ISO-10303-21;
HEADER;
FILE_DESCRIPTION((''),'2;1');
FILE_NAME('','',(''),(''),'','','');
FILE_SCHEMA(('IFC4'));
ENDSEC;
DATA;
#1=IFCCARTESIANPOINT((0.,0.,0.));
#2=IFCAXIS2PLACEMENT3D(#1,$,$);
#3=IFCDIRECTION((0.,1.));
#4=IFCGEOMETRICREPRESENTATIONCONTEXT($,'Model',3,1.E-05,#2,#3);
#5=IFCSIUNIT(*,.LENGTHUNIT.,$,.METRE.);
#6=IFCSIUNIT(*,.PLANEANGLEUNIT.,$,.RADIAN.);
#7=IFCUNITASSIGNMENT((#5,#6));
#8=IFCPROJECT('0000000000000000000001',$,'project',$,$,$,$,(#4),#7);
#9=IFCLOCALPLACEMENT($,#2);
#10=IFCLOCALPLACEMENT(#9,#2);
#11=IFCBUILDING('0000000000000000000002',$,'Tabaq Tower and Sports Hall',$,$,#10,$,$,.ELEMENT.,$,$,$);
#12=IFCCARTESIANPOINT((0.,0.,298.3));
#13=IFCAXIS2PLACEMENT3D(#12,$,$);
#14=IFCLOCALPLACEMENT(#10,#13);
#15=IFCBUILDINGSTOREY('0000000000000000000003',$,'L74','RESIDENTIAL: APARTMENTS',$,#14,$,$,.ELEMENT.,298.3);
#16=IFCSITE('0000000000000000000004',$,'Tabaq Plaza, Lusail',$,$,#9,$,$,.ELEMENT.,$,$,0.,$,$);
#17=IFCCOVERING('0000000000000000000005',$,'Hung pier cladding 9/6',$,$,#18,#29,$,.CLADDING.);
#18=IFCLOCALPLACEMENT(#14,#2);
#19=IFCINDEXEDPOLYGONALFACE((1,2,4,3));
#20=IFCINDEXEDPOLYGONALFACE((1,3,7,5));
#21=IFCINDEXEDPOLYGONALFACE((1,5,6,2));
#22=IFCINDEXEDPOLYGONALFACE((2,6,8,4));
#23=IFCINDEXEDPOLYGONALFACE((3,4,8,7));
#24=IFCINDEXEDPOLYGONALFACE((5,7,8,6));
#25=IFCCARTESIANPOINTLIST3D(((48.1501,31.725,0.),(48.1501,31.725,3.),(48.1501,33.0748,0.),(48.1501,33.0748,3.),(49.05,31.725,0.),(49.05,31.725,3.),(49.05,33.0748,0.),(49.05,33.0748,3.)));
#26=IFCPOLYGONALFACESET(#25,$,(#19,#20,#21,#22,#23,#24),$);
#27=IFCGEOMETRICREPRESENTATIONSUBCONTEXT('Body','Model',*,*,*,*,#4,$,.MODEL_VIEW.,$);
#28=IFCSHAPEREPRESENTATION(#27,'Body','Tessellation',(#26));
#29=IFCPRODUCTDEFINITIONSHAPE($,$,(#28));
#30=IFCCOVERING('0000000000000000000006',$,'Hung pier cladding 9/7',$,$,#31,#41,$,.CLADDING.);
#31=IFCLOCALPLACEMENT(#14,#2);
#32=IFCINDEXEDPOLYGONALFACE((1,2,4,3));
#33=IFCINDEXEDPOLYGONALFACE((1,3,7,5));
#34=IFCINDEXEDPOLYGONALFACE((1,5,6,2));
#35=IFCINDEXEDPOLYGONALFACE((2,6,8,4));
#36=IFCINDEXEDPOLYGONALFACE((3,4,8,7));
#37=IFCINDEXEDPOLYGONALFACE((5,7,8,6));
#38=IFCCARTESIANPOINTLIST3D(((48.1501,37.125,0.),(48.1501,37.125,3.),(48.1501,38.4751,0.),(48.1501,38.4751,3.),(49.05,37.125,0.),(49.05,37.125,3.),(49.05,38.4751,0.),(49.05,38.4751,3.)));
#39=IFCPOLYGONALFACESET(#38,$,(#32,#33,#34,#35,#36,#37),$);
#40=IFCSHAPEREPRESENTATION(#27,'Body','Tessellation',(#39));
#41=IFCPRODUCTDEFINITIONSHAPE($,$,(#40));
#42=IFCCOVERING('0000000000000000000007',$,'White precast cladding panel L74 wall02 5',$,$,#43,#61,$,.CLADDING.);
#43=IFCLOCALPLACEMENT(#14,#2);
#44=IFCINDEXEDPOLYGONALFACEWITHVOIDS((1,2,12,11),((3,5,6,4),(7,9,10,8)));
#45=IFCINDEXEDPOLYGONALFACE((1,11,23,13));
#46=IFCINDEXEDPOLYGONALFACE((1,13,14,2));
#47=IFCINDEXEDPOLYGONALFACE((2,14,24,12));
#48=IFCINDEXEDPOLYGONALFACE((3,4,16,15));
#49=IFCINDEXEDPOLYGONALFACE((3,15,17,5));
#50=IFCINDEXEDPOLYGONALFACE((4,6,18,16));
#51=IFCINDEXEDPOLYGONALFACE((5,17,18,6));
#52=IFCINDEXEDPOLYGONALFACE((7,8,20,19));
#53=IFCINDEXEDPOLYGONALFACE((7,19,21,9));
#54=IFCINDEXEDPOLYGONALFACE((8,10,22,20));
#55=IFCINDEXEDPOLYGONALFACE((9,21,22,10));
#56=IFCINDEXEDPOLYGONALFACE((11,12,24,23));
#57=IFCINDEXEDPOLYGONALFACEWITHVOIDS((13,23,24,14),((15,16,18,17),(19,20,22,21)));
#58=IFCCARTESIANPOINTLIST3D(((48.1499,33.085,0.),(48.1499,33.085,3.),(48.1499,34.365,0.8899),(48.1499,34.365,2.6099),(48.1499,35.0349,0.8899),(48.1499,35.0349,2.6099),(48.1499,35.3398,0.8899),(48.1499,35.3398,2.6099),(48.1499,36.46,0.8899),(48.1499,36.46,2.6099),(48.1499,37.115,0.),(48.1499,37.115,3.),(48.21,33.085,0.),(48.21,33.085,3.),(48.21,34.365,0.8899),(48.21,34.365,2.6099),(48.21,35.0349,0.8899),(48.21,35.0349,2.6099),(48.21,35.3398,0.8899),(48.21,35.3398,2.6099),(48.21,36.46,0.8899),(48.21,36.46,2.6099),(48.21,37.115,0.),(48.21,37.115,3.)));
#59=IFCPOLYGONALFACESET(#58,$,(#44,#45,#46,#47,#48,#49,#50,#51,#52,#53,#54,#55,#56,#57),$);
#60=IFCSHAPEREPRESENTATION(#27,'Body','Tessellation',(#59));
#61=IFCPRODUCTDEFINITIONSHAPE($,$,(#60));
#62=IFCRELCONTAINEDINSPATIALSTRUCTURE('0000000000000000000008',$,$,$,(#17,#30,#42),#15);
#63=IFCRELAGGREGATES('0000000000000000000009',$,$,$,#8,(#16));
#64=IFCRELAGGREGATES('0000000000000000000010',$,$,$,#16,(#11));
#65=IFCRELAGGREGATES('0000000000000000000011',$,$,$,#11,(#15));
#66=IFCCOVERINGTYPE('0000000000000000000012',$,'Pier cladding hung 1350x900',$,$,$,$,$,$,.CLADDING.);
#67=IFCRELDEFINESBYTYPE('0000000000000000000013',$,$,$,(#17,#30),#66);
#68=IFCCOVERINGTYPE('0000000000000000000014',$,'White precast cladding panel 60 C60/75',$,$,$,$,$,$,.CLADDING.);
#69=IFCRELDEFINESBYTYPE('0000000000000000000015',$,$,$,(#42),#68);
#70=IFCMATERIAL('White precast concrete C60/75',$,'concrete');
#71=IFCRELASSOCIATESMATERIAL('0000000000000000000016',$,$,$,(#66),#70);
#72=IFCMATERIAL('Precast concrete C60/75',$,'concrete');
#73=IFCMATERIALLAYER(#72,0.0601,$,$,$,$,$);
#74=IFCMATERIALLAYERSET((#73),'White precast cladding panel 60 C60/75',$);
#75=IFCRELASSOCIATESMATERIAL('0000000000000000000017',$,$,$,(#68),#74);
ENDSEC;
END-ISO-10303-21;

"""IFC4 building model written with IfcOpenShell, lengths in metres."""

from ifc_helpers import new_model, si_unit, direction, frame, frame_2d, origin, place, context, subcontext, project, spatial, polyline, rectangle, outline, extrude, material, layer, layer_set, type_object, element, save


model = new_model("IFC4")

# Units and contexts
model_context = context("Model", 3, precision=1e-05, world=origin(), true_north=direction((0.0, 1.0)))
body_context = subcontext(model_context, "Body", "Model", "MODEL_VIEW")
ifc_project = project(units=[si_unit("LENGTHUNIT", "METRE"), si_unit("PLANEANGLEUNIT", "RADIAN")], contexts=[model_context])

# Site, building, storey
site_placement = place(None, origin())
site = spatial("IfcSite", under=ifc_project, at=site_placement, Name="Tabaq Plaza, Lusail", CompositionType="ELEMENT", RefElevation=0.0)
building_placement = place(site_placement, origin())
building = spatial("IfcBuilding", under=site, at=building_placement, Name="Tabaq Tower and Sports Hall", CompositionType="ELEMENT")
storey_placement = place(building_placement, frame((0.0, 0.0, 298.3)))
storey = spatial("IfcBuildingStorey", under=building, at=storey_placement, Name="L74", Description="RESIDENTIAL: APARTMENTS", CompositionType="ELEMENT", Elevation=298.3)

# Coverings
ifc_material_1 = material(Name="White precast concrete C60/75", Category="concrete")
covering_type_1 = type_object("IfcCoveringType", Name="Pier cladding hung 1350x900", PredefinedType="CLADDING", material=ifc_material_1)
covering_1_placement = place(storey_placement, frame((48.6001, 31.7251, 0.0), z_axis=(0.0, 0.0, 1.0), x_axis=(0.0, 1.0, 0.0)))
element("IfcCovering", 1, at=covering_1_placement, inside=storey, type_object=covering_type_1, Name="Hung pier cladding 9/6", PredefinedType="CLADDING", context=body_context, shape_type="SweptSolid", body=[
    extrude(rectangle(XDim=1.3499, YDim=0.8999, at=frame_2d((0.6748, 0.0))), origin(), (0.0, 0.0, 1.0), 3.0),
])
covering_2_placement = place(storey_placement, frame((48.6001, 37.125, 0.0), z_axis=(0.0, 0.0, 1.0), x_axis=(0.0, 1.0, 0.0)))
element("IfcCovering", 2, at=covering_2_placement, inside=storey, type_object=covering_type_1, Name="Hung pier cladding 9/7", PredefinedType="CLADDING", context=body_context, shape_type="SweptSolid", body=[
    extrude(rectangle(XDim=1.3501, YDim=0.8999, at=frame_2d((0.675, 0.0))), origin(), (0.0, 0.0, 1.0), 3.0),
])
ifc_material_2 = material(Name="Precast concrete C60/75", Category="concrete")
ifc_layer_1 = layer(ifc_material_2, 0.0601)
ifc_layer_set_1 = layer_set([ifc_layer_1], Name="White precast cladding panel 60 C60/75")
covering_type_2 = type_object("IfcCoveringType", Name="White precast cladding panel 60 C60/75", PredefinedType="CLADDING", material=ifc_layer_set_1)
covering_3_placement = place(storey_placement, frame((48.1799, 33.085, 0.0), z_axis=(0.0, 0.0, 1.0), x_axis=(0.0, 1.0, 0.0)))
element("IfcCovering", 3, at=covering_3_placement, inside=storey, type_object=covering_type_2, Name="White precast cladding panel L74 wall02 5", PredefinedType="CLADDING", context=body_context, shape_type="SweptSolid", body=[
    extrude(outline(polyline([(0.0, 0.0), (4.03, 0.0), (4.03, 3.0), (0.0, 3.0), (0.0, 0.0)]), holes=[polyline([(1.28, 2.6099), (1.95, 2.6099), (1.95, 0.8899), (1.28, 0.8899), (1.28, 2.6099)]), polyline([(2.2549, 2.6099), (3.375, 2.6099), (3.375, 0.8899), (2.2549, 0.8899), (2.2549, 2.6099)])]), frame((0.0, 0.03, 0.0), z_axis=(0.0, -1.0, 0.0), x_axis=(1.0, 0.0, 0.0)), (0.0, 0.0, 1.0), 0.0601),
])

save(model, "model.ifc")
